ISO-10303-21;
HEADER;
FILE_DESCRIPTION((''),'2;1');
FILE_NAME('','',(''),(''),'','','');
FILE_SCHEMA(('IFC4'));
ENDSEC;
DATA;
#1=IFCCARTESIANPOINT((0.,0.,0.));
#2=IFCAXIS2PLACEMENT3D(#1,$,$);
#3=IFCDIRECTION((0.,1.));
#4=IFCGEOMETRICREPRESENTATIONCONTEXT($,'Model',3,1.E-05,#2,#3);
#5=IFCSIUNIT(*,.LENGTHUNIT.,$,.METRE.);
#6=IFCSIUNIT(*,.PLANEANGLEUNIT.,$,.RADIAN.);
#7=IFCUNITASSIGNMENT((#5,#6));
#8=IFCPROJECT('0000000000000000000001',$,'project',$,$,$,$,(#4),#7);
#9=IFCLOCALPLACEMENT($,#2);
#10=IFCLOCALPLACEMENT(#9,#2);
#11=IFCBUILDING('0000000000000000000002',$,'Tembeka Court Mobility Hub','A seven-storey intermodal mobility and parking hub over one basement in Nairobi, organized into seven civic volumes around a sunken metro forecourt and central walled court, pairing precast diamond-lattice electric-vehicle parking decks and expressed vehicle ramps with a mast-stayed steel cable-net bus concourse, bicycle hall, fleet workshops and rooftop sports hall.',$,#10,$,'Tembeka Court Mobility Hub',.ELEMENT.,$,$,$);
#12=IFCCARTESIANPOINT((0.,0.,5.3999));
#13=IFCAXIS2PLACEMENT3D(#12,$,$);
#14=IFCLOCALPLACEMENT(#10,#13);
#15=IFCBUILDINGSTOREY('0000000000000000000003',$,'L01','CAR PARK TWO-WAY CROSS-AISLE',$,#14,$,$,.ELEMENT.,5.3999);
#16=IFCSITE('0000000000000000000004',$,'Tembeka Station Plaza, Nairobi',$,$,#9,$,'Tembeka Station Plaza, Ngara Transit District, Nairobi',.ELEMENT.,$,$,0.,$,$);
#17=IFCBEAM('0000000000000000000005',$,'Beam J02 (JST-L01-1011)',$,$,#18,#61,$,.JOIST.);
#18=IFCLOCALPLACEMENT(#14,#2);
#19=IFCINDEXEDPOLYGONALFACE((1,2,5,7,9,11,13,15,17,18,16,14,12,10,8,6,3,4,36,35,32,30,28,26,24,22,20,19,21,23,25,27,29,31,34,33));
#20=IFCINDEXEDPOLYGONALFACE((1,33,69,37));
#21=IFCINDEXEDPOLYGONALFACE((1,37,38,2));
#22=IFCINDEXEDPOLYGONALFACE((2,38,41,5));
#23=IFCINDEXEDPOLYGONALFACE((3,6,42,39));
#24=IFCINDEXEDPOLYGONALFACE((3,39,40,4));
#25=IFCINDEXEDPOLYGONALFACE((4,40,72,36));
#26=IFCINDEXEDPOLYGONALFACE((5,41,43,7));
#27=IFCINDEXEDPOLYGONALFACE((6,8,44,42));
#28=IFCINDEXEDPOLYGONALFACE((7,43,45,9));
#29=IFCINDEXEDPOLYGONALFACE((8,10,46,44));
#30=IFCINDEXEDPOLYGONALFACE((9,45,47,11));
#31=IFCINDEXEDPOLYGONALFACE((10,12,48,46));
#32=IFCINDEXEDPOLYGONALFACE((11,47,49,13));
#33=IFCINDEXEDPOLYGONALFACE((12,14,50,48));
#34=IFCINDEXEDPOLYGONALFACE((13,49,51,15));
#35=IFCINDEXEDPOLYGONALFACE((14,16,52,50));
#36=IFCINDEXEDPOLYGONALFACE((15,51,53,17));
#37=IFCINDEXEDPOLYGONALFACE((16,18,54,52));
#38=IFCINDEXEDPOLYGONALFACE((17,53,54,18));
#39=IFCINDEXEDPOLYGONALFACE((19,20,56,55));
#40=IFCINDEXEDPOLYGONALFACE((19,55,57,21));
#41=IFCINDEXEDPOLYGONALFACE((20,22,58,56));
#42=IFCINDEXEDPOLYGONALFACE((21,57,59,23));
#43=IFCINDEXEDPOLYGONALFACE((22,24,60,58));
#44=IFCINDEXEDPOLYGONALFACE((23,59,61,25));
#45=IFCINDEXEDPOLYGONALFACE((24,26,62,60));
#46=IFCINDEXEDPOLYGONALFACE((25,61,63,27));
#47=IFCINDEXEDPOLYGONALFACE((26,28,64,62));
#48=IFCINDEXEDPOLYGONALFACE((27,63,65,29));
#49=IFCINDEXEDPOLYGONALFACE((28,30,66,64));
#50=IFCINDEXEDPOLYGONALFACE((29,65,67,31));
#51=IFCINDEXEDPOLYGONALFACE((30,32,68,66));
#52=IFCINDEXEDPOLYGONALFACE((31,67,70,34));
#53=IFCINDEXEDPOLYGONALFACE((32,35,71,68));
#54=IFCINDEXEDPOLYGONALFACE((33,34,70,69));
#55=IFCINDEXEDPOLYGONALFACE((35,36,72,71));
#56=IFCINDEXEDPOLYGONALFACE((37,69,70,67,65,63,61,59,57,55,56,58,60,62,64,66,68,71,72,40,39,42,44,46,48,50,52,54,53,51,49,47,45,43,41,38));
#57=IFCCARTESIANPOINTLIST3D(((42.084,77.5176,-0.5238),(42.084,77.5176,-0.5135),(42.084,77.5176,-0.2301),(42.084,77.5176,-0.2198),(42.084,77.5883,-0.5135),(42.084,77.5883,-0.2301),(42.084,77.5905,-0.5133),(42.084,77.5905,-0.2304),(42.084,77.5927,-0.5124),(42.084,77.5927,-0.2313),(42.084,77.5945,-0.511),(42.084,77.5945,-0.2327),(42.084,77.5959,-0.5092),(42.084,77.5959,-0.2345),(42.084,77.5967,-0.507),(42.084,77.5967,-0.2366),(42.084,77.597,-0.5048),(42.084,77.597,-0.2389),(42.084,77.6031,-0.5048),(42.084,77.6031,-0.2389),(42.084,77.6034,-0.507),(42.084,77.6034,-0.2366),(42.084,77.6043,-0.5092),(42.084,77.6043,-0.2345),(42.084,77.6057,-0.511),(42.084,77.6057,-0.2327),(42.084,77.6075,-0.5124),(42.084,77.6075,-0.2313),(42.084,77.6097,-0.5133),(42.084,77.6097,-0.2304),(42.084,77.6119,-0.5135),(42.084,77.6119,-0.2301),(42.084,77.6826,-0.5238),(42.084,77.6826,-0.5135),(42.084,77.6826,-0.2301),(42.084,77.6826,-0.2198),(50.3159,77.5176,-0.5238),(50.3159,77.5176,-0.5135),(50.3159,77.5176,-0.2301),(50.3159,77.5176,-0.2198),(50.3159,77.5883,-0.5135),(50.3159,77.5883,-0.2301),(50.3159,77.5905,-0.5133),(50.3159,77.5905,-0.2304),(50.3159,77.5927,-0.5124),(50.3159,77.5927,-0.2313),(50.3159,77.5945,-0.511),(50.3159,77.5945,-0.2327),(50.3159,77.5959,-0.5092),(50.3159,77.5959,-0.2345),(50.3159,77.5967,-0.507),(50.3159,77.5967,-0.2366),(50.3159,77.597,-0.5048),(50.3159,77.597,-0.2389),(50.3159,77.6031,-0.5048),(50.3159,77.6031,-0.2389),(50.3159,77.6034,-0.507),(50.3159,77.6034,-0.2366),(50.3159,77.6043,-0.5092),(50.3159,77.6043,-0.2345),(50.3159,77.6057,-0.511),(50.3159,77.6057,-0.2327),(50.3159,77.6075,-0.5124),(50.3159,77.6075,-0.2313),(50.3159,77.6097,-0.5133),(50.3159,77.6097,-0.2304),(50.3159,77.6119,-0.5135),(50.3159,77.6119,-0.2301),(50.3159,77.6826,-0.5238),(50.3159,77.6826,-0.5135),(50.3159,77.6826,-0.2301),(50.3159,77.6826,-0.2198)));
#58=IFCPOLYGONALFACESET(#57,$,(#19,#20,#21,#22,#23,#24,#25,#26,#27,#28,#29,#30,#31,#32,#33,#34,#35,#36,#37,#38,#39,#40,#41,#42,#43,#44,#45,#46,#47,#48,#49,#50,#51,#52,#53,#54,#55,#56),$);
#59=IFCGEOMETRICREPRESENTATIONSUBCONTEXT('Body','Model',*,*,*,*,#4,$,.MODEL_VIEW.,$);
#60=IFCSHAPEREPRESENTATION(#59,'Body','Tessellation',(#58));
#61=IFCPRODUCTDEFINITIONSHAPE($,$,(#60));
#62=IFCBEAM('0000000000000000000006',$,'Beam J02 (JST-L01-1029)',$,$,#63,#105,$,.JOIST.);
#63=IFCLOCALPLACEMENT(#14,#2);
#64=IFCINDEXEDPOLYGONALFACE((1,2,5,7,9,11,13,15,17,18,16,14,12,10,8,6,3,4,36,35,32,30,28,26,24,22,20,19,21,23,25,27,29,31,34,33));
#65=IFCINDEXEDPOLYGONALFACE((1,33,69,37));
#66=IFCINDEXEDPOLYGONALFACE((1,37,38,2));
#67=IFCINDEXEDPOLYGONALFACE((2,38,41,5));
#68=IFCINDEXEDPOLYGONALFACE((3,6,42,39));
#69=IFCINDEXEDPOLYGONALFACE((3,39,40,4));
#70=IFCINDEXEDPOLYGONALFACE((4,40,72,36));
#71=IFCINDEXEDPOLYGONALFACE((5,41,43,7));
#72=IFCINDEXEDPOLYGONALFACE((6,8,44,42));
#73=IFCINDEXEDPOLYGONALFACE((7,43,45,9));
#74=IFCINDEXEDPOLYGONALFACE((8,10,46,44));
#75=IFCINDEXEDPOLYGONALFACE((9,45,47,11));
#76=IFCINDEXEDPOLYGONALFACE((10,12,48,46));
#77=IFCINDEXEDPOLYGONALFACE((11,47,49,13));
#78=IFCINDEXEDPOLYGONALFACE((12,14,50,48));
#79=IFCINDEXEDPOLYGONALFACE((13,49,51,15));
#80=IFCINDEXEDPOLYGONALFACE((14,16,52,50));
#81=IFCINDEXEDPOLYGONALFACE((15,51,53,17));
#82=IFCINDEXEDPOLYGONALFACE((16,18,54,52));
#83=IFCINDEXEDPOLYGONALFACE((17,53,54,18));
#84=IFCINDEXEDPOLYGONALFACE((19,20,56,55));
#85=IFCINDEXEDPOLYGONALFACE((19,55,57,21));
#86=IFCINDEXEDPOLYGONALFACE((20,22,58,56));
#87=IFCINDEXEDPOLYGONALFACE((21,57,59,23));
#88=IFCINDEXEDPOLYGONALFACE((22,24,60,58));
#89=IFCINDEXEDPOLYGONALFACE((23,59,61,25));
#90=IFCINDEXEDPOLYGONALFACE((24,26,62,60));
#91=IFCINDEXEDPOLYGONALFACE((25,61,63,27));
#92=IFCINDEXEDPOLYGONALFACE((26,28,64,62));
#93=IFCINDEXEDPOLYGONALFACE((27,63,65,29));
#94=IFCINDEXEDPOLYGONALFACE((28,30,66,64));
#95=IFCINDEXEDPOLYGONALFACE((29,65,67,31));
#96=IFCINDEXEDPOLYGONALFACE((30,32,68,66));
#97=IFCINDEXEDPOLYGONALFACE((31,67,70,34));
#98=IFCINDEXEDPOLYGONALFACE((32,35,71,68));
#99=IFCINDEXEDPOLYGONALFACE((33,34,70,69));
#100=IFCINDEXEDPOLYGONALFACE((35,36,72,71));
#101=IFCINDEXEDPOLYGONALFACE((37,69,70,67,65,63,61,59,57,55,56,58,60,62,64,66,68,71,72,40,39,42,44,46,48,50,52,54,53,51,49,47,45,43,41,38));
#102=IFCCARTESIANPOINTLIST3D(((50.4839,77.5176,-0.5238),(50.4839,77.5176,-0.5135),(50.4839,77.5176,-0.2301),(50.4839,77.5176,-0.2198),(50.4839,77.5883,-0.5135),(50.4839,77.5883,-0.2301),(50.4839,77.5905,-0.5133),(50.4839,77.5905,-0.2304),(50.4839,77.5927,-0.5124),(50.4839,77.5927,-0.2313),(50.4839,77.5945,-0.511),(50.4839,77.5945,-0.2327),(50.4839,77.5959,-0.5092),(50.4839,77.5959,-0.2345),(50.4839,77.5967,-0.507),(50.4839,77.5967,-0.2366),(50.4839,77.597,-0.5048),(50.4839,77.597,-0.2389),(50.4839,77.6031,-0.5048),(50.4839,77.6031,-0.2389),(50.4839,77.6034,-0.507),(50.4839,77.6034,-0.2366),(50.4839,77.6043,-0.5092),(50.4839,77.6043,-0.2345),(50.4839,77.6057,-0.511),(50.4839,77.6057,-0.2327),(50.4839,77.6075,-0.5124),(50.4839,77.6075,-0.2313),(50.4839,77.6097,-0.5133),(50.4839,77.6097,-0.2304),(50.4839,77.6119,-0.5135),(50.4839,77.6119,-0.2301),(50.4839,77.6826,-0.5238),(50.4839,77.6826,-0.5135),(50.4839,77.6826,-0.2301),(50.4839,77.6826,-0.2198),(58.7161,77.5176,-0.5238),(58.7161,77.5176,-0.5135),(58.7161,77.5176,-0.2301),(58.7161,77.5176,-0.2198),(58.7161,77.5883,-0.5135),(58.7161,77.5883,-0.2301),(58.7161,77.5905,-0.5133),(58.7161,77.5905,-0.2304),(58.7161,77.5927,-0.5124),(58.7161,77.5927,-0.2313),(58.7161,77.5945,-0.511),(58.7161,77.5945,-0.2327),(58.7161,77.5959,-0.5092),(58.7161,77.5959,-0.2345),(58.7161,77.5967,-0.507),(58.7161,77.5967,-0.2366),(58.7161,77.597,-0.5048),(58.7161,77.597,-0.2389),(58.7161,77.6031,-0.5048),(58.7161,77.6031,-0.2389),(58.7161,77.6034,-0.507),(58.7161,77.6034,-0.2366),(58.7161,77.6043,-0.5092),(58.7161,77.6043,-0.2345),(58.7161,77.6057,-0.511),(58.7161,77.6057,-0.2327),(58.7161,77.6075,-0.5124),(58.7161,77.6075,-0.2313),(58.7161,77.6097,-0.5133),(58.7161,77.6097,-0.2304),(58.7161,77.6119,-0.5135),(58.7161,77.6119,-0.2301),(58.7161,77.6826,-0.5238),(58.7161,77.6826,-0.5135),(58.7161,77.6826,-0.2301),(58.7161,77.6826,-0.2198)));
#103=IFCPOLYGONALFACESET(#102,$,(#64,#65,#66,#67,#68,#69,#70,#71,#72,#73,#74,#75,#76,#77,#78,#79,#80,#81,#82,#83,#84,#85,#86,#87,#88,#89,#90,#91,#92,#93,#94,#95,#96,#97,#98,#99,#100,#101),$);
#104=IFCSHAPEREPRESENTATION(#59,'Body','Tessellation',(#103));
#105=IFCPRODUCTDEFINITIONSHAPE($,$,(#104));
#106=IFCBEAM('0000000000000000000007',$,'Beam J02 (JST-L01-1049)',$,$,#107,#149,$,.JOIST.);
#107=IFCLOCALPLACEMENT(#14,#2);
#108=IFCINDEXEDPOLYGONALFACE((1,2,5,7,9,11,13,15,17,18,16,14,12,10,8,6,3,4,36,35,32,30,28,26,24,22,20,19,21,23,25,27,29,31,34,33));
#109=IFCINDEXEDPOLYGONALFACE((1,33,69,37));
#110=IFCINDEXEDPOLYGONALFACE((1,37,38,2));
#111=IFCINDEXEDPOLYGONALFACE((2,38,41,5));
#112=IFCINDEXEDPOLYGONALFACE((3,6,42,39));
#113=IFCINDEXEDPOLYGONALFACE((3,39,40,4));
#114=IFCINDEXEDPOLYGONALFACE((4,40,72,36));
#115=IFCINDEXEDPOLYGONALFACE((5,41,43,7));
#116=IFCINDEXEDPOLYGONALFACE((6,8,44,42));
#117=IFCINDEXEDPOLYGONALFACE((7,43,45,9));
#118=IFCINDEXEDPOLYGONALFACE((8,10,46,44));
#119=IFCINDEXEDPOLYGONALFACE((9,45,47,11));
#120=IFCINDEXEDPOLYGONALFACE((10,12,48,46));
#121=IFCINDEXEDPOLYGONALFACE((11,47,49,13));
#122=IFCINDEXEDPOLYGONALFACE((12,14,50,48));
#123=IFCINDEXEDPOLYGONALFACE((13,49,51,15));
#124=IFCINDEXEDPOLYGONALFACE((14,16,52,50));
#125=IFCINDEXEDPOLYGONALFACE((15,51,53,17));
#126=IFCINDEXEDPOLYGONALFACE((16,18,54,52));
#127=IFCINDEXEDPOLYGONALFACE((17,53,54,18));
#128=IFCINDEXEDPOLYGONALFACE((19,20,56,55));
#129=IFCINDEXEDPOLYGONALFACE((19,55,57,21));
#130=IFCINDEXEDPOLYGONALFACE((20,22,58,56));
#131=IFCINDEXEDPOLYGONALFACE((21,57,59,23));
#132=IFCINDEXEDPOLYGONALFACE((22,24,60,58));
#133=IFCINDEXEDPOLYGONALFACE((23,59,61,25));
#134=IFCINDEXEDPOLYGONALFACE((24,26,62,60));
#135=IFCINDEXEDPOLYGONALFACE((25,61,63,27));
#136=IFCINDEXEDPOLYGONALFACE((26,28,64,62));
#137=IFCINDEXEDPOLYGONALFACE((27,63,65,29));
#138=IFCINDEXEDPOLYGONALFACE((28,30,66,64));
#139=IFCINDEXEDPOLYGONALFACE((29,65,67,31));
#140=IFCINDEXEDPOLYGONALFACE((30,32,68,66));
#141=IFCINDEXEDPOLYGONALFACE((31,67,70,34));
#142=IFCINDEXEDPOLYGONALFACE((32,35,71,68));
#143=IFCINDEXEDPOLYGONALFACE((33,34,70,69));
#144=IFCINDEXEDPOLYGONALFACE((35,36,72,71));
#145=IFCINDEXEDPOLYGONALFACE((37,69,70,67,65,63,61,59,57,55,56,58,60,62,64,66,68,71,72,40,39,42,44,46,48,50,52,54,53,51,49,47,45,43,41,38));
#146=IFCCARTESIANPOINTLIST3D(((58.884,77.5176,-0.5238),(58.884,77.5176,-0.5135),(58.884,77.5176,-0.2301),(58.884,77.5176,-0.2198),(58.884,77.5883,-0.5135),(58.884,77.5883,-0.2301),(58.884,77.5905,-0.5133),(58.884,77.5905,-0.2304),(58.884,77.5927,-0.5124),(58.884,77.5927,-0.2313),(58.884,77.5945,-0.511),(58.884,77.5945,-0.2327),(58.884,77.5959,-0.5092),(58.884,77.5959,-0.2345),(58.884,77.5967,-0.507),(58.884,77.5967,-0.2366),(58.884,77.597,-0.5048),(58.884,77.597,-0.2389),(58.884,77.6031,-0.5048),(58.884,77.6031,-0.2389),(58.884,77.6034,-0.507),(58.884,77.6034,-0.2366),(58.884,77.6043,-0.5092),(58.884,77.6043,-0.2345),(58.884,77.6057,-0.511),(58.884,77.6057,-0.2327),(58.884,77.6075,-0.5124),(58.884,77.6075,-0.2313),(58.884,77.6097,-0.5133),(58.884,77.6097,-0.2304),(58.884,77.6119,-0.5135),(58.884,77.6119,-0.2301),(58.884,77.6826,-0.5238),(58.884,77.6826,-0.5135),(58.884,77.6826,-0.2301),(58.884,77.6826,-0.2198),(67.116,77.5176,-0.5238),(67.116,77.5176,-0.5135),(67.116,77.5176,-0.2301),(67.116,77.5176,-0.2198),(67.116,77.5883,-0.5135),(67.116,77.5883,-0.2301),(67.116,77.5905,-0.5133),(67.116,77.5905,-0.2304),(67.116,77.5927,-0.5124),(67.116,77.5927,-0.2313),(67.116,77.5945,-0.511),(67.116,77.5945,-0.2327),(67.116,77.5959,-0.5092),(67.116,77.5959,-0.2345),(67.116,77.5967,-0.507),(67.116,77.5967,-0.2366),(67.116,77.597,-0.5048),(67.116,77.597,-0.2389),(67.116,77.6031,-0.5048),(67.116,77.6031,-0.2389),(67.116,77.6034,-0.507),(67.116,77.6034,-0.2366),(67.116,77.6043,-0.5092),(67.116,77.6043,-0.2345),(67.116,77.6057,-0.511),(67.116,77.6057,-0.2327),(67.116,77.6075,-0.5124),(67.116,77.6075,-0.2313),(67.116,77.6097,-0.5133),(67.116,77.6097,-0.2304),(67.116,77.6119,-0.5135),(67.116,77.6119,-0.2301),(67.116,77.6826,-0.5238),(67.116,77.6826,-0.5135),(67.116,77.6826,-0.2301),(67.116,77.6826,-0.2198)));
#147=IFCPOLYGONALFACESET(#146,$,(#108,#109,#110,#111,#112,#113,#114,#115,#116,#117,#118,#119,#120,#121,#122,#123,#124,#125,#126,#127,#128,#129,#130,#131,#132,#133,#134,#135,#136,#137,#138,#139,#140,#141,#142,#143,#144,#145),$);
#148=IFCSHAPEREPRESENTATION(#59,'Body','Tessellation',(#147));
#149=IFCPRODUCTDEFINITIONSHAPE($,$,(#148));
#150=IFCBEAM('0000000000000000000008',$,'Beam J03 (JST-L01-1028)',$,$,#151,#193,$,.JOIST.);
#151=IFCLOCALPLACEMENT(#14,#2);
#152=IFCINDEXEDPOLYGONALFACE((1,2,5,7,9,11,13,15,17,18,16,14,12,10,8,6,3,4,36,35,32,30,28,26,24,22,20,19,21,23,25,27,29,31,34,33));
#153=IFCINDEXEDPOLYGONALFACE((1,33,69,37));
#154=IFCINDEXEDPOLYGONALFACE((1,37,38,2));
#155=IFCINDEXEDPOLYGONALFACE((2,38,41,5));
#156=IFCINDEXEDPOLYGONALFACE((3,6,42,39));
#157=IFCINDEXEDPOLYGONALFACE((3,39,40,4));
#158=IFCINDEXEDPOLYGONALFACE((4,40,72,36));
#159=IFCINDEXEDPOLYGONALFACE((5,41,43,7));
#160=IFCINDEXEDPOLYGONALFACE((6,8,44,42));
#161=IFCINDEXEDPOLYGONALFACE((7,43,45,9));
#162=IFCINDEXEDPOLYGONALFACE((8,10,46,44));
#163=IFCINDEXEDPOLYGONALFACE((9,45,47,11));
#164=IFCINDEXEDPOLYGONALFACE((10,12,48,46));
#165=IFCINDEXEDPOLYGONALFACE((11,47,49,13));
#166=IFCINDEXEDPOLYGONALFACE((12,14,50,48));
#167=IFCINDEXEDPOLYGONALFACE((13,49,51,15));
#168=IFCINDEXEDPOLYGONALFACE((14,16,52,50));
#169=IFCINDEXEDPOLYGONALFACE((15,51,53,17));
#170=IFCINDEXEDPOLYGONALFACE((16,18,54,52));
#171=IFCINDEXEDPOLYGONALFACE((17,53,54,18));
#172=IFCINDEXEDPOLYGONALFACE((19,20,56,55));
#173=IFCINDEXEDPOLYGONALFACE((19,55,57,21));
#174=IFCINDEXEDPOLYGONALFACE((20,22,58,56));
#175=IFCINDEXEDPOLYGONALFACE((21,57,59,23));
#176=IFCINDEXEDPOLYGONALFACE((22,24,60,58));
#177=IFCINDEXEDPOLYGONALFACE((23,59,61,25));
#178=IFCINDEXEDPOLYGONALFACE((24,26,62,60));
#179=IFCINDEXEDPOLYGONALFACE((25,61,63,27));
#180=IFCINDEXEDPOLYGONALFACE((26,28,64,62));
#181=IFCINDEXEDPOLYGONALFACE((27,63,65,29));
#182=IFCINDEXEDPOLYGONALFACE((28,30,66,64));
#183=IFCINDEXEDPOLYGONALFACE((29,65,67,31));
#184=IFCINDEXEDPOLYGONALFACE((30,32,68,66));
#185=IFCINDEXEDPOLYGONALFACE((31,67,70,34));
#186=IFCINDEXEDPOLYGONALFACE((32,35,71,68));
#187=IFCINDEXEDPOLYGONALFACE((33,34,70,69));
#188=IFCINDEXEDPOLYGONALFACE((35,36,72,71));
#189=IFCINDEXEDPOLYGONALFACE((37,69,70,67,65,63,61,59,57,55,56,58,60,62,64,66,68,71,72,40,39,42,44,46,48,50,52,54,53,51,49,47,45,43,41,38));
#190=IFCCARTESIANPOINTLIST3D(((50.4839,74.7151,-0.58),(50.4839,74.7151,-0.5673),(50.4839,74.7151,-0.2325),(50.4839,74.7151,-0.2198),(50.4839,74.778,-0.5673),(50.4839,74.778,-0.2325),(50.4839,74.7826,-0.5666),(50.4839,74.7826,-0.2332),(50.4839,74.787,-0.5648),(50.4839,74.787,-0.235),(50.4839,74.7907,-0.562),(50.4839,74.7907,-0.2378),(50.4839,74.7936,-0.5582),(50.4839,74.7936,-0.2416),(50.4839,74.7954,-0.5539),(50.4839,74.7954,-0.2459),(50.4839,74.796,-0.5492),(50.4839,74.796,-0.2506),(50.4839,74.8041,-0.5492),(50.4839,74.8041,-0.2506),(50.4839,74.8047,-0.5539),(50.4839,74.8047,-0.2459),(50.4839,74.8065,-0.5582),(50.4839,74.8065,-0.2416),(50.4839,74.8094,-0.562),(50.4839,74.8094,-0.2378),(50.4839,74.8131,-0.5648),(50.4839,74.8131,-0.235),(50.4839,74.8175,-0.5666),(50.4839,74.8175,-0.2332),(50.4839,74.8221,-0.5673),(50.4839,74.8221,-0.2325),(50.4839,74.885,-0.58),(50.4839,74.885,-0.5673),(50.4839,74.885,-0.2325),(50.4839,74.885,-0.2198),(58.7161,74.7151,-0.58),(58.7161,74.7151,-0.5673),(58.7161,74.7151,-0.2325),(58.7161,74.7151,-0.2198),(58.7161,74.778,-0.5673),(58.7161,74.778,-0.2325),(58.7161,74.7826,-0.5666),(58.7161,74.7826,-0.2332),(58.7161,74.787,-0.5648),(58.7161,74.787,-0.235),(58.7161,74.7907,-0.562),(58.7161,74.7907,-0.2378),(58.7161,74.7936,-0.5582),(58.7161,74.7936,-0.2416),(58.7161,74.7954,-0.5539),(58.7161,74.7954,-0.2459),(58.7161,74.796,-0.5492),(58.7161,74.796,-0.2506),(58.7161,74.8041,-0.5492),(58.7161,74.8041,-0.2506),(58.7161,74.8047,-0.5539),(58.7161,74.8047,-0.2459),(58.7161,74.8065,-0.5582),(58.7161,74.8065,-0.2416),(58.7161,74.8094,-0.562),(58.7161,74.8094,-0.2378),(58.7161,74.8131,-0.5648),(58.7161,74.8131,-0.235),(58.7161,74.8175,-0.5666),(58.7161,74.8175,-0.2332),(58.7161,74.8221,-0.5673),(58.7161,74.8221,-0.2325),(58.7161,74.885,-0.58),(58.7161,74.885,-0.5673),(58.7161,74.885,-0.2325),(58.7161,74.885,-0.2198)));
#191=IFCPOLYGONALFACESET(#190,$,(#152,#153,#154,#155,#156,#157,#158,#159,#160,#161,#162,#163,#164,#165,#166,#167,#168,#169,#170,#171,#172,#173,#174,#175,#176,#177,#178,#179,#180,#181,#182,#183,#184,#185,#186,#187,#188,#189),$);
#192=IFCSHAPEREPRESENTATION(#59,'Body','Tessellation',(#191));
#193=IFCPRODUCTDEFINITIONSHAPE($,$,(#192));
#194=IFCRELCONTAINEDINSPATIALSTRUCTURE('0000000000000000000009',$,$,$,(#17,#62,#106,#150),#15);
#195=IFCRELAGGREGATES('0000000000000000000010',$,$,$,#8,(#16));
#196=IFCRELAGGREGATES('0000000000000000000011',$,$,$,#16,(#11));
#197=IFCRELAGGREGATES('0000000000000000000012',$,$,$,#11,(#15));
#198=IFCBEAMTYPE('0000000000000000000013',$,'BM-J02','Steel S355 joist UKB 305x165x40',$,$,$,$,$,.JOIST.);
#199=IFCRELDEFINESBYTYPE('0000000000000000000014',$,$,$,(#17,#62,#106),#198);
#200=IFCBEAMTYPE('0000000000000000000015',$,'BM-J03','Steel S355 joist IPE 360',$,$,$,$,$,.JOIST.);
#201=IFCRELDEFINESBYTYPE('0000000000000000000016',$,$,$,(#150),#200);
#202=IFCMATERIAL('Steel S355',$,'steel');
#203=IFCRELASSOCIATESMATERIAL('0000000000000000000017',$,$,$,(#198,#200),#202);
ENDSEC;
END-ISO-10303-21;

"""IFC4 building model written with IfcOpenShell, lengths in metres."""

from ifc_helpers import new_model, si_unit, direction, frame, origin, origin_2d, place, context, subcontext, project, spatial, i_section, extrude, material, material_profile, profile_set, type_object, element, save


model = new_model("IFC4")

# Units and contexts
model_context = context("Model", 3, precision=1e-05, world=origin(), true_north=direction((0.0, 1.0)))
body_context = subcontext(model_context, "Body", "Model", "MODEL_VIEW")
ifc_project = project(units=[si_unit("LENGTHUNIT", "METRE"), si_unit("PLANEANGLEUNIT", "RADIAN")], contexts=[model_context])

# Site, building, storey
site_placement = place(None, origin())
site = spatial("IfcSite", under=ifc_project, at=site_placement, Name="Tembeka Station Plaza, Nairobi", LongName="Tembeka Station Plaza, Ngara Transit District, Nairobi", CompositionType="ELEMENT", RefElevation=0.0)
building_placement = place(site_placement, origin())
building = spatial("IfcBuilding", under=site, at=building_placement, Name="Tembeka Court Mobility Hub", Description="A seven-storey intermodal mobility and parking hub over one basement in Nairobi, organized into seven civic volumes around a sunken metro forecourt and central walled court, pairing precast diamond-lattice electric-vehicle parking decks and expressed vehicle ramps with a mast-stayed steel cable-net bus concourse, bicycle hall, fleet workshops and rooftop sports hall.", LongName="Tembeka Court Mobility Hub", CompositionType="ELEMENT")
storey_placement = place(building_placement, frame((0.0, 0.0, 5.3999)))
storey = spatial("IfcBuildingStorey", under=building, at=storey_placement, Name="L01", Description="CAR PARK TWO-WAY CROSS-AISLE", CompositionType="ELEMENT", Elevation=5.3999)

# Shared definitions
ifc_material = material(Name="Steel S355", Category="steel")

# Beams
ifc_material_profile_1 = material_profile(ifc_material, i_section(OverallWidth=0.165, OverallDepth=0.304, WebThickness=0.0061, FlangeThickness=0.0103, FilletRadius=0.0088, at=origin_2d()), Name="UKB 305x165x40")
ifc_profile_set_1 = profile_set([ifc_material_profile_1], Name="Steel S355")
beam_type_1 = type_object("IfcBeamType", Name="BM-J02", Description="Steel S355 joist UKB 305x165x40", PredefinedType="JOIST", material=ifc_profile_set_1)
beam_1_placement = place(storey_placement, frame((42.084, 77.6001, -0.3718), z_axis=(1.0, 0.0, 0.0), x_axis=(0.0, 1.0, 0.0)))
element("IfcBeam", 1, at=beam_1_placement, inside=storey, type_object=beam_type_1, Name="Beam J02 (JST-L01-1011)", PredefinedType="JOIST", context=body_context, shape_type="SweptSolid", body=[
    extrude(i_section(OverallWidth=0.165, OverallDepth=0.304, WebThickness=0.0061, FlangeThickness=0.0103, FilletRadius=0.0088, at=origin_2d()), origin(), (0.0, 0.0, 1.0), 8.2319),
])
beam_2_placement = place(storey_placement, frame((50.4839, 77.6001, -0.3718), z_axis=(1.0, 0.0, 0.0), x_axis=(0.0, 1.0, 0.0)))
element("IfcBeam", 2, at=beam_2_placement, inside=storey, type_object=beam_type_1, Name="Beam J02 (JST-L01-1029)", PredefinedType="JOIST", context=body_context, shape_type="SweptSolid", body=[
    extrude(i_section(OverallWidth=0.165, OverallDepth=0.304, WebThickness=0.0061, FlangeThickness=0.0103, FilletRadius=0.0088, at=origin_2d()), origin(), (0.0, 0.0, 1.0), 8.2322),
])
beam_3_placement = place(storey_placement, frame((58.884, 77.6001, -0.3718), z_axis=(1.0, 0.0, 0.0), x_axis=(0.0, 1.0, 0.0)))
element("IfcBeam", 3, at=beam_3_placement, inside=storey, type_object=beam_type_1, Name="Beam J02 (JST-L01-1049)", PredefinedType="JOIST", context=body_context, shape_type="SweptSolid", body=[
    extrude(i_section(OverallWidth=0.165, OverallDepth=0.304, WebThickness=0.0061, FlangeThickness=0.0103, FilletRadius=0.0088, at=origin_2d()), origin(), (0.0, 0.0, 1.0), 8.2319),
])
ifc_material_profile_2 = material_profile(ifc_material, i_section(OverallWidth=0.1699, OverallDepth=0.3601, WebThickness=0.0081, FlangeThickness=0.0127, FilletRadius=0.0181, at=origin_2d()), Name="IPE 360")
ifc_profile_set_2 = profile_set([ifc_material_profile_2], Name="Steel S355")
beam_type_2 = type_object("IfcBeamType", Name="BM-J03", Description="Steel S355 joist IPE 360", PredefinedType="JOIST", material=ifc_profile_set_2)
beam_4_placement = place(storey_placement, frame((50.4839, 74.8, -0.3999), z_axis=(1.0, 0.0, 0.0), x_axis=(0.0, 1.0, 0.0)))
element("IfcBeam", 4, at=beam_4_placement, inside=storey, type_object=beam_type_2, Name="Beam J03 (JST-L01-1028)", PredefinedType="JOIST", context=body_context, shape_type="SweptSolid", body=[
    extrude(i_section(OverallWidth=0.1699, OverallDepth=0.3601, WebThickness=0.0081, FlangeThickness=0.0127, FilletRadius=0.0181, at=origin_2d()), origin(), (0.0, 0.0, 1.0), 8.2322),
])

save(model, "model.ifc")
